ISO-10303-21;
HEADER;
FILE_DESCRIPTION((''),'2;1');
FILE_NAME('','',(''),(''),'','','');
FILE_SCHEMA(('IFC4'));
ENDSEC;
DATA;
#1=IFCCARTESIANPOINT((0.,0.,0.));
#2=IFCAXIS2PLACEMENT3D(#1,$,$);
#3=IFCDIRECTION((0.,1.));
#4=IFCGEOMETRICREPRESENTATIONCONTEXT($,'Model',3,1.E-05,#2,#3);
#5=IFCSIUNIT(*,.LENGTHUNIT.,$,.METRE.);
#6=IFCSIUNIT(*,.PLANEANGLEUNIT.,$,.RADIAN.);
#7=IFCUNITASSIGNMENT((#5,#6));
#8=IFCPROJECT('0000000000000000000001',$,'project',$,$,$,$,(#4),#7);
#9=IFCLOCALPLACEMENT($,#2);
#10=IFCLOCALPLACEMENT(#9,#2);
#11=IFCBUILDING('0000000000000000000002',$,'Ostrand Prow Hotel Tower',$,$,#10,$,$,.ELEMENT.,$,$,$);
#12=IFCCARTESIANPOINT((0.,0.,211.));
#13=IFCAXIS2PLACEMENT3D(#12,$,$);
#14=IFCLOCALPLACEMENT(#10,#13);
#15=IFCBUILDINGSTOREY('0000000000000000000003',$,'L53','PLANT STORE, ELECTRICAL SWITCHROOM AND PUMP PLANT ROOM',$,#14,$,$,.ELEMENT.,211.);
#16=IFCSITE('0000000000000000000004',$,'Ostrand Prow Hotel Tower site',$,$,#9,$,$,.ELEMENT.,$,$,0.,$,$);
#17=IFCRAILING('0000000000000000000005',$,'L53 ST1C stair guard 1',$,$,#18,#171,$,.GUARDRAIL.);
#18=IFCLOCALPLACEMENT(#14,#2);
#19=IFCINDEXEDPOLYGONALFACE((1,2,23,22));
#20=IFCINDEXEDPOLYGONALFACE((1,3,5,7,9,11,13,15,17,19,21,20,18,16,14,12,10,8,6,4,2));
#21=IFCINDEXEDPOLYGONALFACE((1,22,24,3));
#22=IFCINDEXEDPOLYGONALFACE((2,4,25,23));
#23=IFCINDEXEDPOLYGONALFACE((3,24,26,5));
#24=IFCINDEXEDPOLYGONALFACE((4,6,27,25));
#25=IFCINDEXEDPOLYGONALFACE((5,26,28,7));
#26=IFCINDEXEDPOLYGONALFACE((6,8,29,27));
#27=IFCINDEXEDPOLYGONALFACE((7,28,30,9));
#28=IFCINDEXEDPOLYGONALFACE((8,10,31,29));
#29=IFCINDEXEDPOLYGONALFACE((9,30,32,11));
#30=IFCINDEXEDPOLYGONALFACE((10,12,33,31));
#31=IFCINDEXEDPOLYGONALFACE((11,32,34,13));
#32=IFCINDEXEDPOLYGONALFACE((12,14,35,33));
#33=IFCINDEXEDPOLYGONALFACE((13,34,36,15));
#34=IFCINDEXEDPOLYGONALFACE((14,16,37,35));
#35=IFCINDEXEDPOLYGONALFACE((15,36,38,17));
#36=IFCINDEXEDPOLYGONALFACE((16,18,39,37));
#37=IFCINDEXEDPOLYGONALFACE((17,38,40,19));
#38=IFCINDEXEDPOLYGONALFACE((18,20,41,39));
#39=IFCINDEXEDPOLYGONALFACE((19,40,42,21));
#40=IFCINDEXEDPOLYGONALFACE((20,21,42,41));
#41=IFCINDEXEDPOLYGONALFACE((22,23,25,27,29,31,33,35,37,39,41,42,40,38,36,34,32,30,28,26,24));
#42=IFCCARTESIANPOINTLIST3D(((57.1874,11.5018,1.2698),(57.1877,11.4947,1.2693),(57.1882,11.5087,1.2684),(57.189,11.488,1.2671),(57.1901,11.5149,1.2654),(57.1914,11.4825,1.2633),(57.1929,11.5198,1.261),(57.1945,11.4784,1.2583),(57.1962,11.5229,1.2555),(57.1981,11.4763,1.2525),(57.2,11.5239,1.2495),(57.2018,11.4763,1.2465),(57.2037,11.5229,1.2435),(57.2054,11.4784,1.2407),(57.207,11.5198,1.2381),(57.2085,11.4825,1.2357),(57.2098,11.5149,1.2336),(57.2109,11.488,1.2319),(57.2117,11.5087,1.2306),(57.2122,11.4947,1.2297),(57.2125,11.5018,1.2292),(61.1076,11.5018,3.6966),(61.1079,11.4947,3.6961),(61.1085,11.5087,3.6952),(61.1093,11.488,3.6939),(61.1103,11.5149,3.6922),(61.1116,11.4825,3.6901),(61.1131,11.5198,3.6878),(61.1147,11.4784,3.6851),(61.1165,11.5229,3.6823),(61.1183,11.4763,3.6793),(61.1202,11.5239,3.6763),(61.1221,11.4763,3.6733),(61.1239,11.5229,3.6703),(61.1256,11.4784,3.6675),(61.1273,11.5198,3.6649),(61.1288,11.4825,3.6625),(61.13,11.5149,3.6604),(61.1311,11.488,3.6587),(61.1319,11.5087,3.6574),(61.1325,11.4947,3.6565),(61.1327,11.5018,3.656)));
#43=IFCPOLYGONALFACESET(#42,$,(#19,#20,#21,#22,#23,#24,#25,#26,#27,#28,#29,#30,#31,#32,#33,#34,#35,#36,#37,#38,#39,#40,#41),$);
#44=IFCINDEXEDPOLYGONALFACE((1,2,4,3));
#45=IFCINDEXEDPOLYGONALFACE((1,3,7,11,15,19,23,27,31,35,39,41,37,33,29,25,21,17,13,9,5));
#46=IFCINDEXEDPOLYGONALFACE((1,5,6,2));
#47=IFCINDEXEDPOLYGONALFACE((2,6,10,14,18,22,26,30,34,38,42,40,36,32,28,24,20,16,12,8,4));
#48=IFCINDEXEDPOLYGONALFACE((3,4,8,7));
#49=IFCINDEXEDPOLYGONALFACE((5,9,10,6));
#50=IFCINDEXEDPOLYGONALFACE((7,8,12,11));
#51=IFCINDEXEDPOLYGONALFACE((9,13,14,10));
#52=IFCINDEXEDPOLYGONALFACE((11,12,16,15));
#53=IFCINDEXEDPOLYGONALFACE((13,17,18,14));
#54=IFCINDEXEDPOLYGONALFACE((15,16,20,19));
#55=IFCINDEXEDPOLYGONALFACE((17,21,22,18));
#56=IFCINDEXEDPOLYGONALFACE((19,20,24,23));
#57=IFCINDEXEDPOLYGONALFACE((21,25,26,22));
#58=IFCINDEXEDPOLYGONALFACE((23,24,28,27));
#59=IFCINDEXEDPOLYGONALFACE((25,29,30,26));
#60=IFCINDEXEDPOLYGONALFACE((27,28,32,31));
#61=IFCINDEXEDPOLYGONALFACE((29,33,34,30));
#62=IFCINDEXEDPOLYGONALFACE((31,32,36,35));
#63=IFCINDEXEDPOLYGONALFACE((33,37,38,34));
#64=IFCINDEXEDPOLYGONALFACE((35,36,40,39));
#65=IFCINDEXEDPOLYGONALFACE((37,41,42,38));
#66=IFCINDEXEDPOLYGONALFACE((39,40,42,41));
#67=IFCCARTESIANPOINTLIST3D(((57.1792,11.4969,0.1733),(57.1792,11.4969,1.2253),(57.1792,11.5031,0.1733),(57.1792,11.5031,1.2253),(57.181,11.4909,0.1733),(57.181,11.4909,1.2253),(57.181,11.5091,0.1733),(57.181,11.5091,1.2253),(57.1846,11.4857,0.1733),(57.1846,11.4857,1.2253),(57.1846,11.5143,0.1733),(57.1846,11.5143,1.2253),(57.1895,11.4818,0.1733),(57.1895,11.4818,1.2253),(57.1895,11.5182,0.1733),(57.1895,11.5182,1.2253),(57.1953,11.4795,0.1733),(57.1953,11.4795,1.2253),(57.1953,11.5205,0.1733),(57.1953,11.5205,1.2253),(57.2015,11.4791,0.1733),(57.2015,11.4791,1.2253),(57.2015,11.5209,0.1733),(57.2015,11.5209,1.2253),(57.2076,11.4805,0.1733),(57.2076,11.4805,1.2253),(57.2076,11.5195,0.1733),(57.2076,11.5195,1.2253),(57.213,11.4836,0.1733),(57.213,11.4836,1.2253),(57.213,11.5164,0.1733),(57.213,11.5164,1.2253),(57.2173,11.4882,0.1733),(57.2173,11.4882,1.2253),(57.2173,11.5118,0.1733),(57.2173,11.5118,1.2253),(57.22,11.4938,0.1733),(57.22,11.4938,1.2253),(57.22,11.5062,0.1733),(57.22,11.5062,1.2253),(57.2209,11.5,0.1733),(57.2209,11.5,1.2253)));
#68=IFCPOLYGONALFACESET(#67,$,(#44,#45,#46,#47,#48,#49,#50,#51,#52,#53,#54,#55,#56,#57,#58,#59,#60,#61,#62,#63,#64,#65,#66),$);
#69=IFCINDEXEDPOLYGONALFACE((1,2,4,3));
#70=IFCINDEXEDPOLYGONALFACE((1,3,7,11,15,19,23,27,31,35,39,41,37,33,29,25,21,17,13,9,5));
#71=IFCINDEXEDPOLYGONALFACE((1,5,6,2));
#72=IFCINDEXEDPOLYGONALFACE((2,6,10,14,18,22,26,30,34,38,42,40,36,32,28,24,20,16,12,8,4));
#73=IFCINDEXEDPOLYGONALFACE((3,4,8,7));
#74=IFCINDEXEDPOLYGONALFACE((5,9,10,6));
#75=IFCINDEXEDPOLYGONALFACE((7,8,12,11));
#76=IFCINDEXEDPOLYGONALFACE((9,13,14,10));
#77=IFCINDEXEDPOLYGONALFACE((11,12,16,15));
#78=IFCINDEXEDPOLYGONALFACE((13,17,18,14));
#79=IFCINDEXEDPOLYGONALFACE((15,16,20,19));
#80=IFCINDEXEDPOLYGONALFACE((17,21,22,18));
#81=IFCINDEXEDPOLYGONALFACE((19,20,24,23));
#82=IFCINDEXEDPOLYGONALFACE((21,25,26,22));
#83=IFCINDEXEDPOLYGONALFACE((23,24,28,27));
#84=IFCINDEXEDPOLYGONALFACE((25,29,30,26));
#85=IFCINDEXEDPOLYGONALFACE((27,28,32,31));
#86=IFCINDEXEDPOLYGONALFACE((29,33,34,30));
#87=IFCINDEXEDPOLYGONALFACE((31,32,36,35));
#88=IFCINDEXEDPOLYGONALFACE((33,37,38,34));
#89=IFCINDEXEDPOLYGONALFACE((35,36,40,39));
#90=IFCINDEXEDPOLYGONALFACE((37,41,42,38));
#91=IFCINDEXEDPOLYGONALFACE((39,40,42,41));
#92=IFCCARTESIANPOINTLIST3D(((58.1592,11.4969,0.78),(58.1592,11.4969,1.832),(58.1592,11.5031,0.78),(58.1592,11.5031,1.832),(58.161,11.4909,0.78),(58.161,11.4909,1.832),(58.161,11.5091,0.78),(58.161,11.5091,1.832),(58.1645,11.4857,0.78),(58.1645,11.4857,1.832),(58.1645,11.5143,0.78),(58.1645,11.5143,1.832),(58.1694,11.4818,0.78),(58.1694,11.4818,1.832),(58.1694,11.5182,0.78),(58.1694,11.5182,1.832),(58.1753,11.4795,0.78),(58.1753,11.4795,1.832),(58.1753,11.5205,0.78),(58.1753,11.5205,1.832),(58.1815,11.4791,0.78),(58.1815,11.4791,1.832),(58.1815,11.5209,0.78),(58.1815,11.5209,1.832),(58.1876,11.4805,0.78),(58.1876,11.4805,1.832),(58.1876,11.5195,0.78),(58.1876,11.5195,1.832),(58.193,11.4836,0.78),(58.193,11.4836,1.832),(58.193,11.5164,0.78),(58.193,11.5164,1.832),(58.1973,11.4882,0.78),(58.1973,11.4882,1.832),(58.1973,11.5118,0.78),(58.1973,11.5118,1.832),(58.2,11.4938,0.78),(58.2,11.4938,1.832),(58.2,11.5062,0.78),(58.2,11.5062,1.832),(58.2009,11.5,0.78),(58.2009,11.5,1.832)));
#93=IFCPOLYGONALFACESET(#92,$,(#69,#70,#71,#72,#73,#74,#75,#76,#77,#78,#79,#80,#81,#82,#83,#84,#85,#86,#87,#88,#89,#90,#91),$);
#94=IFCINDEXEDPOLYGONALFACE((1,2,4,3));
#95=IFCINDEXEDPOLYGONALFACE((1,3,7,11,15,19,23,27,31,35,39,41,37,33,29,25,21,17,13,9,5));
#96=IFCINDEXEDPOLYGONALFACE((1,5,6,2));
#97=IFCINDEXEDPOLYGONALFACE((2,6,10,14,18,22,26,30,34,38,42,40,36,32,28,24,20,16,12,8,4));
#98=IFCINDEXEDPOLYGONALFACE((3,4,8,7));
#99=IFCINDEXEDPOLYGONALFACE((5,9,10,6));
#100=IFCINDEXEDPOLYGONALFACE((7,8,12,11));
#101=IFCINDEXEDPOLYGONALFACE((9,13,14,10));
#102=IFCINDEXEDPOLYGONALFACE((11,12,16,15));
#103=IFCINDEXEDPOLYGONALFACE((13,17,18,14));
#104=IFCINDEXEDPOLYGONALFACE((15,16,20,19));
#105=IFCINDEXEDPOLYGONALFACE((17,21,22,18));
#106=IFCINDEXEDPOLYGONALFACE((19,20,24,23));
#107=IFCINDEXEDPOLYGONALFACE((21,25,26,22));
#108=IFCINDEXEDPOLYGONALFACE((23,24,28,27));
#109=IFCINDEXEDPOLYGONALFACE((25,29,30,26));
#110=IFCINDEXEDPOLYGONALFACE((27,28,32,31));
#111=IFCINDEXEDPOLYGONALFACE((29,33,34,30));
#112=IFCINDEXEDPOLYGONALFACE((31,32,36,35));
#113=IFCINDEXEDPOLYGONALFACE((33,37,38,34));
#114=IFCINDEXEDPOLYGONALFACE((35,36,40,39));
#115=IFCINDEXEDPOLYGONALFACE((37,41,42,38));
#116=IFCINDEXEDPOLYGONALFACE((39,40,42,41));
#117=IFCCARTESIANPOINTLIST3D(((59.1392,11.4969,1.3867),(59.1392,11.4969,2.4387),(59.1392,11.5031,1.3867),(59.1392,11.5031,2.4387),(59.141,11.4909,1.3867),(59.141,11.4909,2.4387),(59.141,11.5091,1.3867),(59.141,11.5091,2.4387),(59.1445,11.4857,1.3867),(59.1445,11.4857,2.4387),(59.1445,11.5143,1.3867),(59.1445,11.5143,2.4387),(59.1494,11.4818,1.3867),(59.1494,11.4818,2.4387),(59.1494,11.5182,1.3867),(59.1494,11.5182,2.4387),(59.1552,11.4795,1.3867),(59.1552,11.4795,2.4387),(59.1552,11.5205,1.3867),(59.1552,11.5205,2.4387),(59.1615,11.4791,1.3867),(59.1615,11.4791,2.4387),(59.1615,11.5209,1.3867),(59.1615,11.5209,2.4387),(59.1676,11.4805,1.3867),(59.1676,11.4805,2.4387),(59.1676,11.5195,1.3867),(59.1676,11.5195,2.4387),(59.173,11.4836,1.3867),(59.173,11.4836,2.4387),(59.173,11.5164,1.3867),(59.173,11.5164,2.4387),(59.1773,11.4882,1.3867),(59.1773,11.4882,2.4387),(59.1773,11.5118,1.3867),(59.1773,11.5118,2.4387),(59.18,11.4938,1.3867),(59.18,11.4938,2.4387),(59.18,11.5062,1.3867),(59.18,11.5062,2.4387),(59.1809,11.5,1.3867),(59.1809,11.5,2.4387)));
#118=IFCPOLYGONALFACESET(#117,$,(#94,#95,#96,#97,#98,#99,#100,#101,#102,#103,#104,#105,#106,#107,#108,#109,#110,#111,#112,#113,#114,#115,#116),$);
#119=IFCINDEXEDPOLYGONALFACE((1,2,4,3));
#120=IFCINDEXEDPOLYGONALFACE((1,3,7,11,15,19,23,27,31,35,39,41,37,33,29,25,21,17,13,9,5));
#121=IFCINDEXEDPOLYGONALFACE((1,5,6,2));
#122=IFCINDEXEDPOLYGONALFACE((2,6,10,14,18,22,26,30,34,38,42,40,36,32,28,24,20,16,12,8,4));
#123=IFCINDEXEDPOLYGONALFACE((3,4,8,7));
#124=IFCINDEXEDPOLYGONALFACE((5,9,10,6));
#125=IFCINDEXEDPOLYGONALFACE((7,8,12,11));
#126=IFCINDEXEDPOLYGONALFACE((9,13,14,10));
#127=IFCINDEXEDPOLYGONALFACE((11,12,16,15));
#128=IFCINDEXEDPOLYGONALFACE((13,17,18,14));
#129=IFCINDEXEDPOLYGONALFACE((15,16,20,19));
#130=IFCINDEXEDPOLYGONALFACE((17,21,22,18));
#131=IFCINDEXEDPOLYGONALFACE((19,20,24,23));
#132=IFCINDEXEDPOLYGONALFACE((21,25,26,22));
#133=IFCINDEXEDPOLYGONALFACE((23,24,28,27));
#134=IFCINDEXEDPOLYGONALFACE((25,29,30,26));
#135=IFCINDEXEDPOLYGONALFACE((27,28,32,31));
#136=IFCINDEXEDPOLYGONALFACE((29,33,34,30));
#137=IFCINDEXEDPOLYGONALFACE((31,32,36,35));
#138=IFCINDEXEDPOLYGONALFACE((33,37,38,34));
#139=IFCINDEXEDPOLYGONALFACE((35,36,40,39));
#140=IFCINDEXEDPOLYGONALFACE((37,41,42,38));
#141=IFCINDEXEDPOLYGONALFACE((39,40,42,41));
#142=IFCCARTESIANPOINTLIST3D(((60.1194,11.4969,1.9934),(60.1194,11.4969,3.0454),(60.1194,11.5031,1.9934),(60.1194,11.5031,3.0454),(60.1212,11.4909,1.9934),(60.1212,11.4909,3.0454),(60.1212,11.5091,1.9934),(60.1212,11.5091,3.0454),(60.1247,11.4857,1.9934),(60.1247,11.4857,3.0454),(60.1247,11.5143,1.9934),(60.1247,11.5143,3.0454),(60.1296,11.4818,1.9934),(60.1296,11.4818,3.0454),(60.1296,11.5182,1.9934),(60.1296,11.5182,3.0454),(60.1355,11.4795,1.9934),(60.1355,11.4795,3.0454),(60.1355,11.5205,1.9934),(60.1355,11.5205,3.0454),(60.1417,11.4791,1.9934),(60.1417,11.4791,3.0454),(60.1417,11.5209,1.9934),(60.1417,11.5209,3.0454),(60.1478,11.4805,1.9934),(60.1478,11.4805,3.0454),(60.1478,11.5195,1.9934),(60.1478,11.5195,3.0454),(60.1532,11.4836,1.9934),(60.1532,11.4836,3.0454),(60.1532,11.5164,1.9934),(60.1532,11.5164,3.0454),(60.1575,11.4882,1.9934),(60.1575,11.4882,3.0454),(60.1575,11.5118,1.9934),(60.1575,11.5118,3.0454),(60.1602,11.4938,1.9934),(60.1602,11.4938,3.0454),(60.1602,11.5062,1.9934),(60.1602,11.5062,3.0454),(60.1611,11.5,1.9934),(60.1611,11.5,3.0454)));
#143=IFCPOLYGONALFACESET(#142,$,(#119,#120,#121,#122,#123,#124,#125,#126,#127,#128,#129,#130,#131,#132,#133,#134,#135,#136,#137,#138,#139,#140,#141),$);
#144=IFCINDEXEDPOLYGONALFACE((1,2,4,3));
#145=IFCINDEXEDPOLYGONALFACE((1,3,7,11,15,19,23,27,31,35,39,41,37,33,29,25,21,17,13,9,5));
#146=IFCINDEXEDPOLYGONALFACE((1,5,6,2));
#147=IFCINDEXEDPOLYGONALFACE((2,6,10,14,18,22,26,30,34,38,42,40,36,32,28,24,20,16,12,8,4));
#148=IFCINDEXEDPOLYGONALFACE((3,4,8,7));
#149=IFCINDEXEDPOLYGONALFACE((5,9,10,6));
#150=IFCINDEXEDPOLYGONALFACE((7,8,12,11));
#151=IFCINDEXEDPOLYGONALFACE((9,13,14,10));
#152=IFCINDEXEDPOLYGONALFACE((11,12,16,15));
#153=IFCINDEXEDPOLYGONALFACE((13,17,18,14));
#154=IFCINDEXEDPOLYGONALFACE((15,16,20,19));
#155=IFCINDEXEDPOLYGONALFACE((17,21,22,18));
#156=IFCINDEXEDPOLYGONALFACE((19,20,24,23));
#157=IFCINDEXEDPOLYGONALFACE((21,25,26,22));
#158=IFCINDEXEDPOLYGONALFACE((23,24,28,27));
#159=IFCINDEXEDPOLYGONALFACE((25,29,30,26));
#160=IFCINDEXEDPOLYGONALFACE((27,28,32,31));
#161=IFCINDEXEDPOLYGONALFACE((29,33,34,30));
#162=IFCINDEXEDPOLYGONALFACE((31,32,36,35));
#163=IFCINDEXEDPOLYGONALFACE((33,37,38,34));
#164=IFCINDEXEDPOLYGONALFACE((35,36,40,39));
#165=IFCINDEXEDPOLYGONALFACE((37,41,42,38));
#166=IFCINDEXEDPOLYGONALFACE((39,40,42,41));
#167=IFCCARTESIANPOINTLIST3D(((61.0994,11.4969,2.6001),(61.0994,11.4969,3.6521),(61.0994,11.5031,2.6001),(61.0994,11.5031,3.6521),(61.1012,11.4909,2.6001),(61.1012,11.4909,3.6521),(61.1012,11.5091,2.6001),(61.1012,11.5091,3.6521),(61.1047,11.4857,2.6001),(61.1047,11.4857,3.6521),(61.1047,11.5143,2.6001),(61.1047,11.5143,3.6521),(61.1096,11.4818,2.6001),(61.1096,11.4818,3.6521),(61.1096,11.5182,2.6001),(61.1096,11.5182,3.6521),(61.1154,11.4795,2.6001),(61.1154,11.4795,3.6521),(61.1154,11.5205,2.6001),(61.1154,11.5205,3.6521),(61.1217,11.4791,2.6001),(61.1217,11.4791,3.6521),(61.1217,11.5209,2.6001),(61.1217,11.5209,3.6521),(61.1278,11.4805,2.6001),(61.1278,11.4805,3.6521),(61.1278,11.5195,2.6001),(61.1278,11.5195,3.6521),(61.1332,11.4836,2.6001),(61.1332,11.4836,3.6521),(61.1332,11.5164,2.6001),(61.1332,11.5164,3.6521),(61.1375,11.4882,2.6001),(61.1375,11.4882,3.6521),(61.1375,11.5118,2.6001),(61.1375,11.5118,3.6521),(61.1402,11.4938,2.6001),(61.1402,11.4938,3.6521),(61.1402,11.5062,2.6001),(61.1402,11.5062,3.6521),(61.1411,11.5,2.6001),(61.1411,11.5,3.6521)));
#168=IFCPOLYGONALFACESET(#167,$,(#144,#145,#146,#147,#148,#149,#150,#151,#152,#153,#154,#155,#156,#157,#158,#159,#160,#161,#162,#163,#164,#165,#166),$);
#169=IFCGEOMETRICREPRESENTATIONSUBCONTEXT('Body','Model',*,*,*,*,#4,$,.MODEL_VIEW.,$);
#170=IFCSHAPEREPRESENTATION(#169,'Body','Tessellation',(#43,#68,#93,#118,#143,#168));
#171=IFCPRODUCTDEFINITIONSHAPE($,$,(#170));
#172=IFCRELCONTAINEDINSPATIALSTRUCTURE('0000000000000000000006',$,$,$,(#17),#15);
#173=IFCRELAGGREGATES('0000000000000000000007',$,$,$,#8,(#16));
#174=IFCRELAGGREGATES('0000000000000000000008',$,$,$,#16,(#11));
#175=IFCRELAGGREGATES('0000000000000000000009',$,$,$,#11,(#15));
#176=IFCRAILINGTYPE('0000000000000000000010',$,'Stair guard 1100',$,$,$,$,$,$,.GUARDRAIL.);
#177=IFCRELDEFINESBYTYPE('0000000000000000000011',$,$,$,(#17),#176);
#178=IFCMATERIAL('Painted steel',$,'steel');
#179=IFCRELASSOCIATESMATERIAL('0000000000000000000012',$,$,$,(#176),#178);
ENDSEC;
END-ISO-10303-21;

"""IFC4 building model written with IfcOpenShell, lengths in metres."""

from ifc_helpers import new_model, si_unit, direction, frame, origin, origin_2d, place, context, subcontext, project, spatial, circle, extrude, material, type_object, element, save


model = new_model("IFC4")

# Units and contexts
model_context = context("Model", 3, precision=1e-05, world=origin(), true_north=direction((0.0, 1.0)))
body_context = subcontext(model_context, "Body", "Model", "MODEL_VIEW")
ifc_project = project(units=[si_unit("LENGTHUNIT", "METRE"), si_unit("PLANEANGLEUNIT", "RADIAN")], contexts=[model_context])

# Site, building, storey
site_placement = place(None, origin())
site = spatial("IfcSite", under=ifc_project, at=site_placement, Name="Ostrand Prow Hotel Tower site", CompositionType="ELEMENT", RefElevation=0.0)
building_placement = place(site_placement, origin())
building = spatial("IfcBuilding", under=site, at=building_placement, Name="Ostrand Prow Hotel Tower", CompositionType="ELEMENT")
storey_placement = place(building_placement, frame((0.0, 0.0, 211.0)))
storey = spatial("IfcBuildingStorey", under=building, at=storey_placement, Name="L53", Description="PLANT STORE, ELECTRICAL SWITCHROOM AND PUMP PLANT ROOM", CompositionType="ELEMENT", Elevation=211.0)

# Railing
ifc_material_1 = material(Name="Painted steel", Category="steel")
railing_type_1 = type_object("IfcRailingType", Name="Stair guard 1100", PredefinedType="GUARDRAIL", material=ifc_material_1)
railing_1_placement = place(storey_placement, frame((57.2, 11.5, 0.1733)))
element("IfcRailing", 1, at=railing_1_placement, inside=storey, type_object=railing_type_1, Name="L53 ST1C stair guard 1", PredefinedType="GUARDRAIL", context=body_context, shape_type="SweptSolid", body=[
    extrude(circle(Radius=0.0239, at=origin_2d()), frame((0.0, 0.0, 1.0762), z_axis=(0.850266, 0.0, 0.526353), x_axis=(0.0, 1.0, 0.0)), (0.0, 0.0, 1.0), 4.6106),
    extrude(circle(Radius=0.021, at=origin_2d()), origin(), (0.0, 0.0, 1.0), 1.052),
    extrude(circle(Radius=0.021, at=origin_2d()), frame((0.98, 0.0, 0.6067)), (0.0, 0.0, 1.0), 1.052),
    extrude(circle(Radius=0.021, at=origin_2d()), frame((1.96, 0.0, 1.2134)), (0.0, 0.0, 1.0), 1.052),
    extrude(circle(Radius=0.021, at=origin_2d()), frame((2.9402, 0.0, 1.8201)), (0.0, 0.0, 1.0), 1.052),
    extrude(circle(Radius=0.021, at=origin_2d()), frame((3.9202, 0.0, 2.4268)), (0.0, 0.0, 1.0), 1.052),
])

save(model, "model.ifc")
